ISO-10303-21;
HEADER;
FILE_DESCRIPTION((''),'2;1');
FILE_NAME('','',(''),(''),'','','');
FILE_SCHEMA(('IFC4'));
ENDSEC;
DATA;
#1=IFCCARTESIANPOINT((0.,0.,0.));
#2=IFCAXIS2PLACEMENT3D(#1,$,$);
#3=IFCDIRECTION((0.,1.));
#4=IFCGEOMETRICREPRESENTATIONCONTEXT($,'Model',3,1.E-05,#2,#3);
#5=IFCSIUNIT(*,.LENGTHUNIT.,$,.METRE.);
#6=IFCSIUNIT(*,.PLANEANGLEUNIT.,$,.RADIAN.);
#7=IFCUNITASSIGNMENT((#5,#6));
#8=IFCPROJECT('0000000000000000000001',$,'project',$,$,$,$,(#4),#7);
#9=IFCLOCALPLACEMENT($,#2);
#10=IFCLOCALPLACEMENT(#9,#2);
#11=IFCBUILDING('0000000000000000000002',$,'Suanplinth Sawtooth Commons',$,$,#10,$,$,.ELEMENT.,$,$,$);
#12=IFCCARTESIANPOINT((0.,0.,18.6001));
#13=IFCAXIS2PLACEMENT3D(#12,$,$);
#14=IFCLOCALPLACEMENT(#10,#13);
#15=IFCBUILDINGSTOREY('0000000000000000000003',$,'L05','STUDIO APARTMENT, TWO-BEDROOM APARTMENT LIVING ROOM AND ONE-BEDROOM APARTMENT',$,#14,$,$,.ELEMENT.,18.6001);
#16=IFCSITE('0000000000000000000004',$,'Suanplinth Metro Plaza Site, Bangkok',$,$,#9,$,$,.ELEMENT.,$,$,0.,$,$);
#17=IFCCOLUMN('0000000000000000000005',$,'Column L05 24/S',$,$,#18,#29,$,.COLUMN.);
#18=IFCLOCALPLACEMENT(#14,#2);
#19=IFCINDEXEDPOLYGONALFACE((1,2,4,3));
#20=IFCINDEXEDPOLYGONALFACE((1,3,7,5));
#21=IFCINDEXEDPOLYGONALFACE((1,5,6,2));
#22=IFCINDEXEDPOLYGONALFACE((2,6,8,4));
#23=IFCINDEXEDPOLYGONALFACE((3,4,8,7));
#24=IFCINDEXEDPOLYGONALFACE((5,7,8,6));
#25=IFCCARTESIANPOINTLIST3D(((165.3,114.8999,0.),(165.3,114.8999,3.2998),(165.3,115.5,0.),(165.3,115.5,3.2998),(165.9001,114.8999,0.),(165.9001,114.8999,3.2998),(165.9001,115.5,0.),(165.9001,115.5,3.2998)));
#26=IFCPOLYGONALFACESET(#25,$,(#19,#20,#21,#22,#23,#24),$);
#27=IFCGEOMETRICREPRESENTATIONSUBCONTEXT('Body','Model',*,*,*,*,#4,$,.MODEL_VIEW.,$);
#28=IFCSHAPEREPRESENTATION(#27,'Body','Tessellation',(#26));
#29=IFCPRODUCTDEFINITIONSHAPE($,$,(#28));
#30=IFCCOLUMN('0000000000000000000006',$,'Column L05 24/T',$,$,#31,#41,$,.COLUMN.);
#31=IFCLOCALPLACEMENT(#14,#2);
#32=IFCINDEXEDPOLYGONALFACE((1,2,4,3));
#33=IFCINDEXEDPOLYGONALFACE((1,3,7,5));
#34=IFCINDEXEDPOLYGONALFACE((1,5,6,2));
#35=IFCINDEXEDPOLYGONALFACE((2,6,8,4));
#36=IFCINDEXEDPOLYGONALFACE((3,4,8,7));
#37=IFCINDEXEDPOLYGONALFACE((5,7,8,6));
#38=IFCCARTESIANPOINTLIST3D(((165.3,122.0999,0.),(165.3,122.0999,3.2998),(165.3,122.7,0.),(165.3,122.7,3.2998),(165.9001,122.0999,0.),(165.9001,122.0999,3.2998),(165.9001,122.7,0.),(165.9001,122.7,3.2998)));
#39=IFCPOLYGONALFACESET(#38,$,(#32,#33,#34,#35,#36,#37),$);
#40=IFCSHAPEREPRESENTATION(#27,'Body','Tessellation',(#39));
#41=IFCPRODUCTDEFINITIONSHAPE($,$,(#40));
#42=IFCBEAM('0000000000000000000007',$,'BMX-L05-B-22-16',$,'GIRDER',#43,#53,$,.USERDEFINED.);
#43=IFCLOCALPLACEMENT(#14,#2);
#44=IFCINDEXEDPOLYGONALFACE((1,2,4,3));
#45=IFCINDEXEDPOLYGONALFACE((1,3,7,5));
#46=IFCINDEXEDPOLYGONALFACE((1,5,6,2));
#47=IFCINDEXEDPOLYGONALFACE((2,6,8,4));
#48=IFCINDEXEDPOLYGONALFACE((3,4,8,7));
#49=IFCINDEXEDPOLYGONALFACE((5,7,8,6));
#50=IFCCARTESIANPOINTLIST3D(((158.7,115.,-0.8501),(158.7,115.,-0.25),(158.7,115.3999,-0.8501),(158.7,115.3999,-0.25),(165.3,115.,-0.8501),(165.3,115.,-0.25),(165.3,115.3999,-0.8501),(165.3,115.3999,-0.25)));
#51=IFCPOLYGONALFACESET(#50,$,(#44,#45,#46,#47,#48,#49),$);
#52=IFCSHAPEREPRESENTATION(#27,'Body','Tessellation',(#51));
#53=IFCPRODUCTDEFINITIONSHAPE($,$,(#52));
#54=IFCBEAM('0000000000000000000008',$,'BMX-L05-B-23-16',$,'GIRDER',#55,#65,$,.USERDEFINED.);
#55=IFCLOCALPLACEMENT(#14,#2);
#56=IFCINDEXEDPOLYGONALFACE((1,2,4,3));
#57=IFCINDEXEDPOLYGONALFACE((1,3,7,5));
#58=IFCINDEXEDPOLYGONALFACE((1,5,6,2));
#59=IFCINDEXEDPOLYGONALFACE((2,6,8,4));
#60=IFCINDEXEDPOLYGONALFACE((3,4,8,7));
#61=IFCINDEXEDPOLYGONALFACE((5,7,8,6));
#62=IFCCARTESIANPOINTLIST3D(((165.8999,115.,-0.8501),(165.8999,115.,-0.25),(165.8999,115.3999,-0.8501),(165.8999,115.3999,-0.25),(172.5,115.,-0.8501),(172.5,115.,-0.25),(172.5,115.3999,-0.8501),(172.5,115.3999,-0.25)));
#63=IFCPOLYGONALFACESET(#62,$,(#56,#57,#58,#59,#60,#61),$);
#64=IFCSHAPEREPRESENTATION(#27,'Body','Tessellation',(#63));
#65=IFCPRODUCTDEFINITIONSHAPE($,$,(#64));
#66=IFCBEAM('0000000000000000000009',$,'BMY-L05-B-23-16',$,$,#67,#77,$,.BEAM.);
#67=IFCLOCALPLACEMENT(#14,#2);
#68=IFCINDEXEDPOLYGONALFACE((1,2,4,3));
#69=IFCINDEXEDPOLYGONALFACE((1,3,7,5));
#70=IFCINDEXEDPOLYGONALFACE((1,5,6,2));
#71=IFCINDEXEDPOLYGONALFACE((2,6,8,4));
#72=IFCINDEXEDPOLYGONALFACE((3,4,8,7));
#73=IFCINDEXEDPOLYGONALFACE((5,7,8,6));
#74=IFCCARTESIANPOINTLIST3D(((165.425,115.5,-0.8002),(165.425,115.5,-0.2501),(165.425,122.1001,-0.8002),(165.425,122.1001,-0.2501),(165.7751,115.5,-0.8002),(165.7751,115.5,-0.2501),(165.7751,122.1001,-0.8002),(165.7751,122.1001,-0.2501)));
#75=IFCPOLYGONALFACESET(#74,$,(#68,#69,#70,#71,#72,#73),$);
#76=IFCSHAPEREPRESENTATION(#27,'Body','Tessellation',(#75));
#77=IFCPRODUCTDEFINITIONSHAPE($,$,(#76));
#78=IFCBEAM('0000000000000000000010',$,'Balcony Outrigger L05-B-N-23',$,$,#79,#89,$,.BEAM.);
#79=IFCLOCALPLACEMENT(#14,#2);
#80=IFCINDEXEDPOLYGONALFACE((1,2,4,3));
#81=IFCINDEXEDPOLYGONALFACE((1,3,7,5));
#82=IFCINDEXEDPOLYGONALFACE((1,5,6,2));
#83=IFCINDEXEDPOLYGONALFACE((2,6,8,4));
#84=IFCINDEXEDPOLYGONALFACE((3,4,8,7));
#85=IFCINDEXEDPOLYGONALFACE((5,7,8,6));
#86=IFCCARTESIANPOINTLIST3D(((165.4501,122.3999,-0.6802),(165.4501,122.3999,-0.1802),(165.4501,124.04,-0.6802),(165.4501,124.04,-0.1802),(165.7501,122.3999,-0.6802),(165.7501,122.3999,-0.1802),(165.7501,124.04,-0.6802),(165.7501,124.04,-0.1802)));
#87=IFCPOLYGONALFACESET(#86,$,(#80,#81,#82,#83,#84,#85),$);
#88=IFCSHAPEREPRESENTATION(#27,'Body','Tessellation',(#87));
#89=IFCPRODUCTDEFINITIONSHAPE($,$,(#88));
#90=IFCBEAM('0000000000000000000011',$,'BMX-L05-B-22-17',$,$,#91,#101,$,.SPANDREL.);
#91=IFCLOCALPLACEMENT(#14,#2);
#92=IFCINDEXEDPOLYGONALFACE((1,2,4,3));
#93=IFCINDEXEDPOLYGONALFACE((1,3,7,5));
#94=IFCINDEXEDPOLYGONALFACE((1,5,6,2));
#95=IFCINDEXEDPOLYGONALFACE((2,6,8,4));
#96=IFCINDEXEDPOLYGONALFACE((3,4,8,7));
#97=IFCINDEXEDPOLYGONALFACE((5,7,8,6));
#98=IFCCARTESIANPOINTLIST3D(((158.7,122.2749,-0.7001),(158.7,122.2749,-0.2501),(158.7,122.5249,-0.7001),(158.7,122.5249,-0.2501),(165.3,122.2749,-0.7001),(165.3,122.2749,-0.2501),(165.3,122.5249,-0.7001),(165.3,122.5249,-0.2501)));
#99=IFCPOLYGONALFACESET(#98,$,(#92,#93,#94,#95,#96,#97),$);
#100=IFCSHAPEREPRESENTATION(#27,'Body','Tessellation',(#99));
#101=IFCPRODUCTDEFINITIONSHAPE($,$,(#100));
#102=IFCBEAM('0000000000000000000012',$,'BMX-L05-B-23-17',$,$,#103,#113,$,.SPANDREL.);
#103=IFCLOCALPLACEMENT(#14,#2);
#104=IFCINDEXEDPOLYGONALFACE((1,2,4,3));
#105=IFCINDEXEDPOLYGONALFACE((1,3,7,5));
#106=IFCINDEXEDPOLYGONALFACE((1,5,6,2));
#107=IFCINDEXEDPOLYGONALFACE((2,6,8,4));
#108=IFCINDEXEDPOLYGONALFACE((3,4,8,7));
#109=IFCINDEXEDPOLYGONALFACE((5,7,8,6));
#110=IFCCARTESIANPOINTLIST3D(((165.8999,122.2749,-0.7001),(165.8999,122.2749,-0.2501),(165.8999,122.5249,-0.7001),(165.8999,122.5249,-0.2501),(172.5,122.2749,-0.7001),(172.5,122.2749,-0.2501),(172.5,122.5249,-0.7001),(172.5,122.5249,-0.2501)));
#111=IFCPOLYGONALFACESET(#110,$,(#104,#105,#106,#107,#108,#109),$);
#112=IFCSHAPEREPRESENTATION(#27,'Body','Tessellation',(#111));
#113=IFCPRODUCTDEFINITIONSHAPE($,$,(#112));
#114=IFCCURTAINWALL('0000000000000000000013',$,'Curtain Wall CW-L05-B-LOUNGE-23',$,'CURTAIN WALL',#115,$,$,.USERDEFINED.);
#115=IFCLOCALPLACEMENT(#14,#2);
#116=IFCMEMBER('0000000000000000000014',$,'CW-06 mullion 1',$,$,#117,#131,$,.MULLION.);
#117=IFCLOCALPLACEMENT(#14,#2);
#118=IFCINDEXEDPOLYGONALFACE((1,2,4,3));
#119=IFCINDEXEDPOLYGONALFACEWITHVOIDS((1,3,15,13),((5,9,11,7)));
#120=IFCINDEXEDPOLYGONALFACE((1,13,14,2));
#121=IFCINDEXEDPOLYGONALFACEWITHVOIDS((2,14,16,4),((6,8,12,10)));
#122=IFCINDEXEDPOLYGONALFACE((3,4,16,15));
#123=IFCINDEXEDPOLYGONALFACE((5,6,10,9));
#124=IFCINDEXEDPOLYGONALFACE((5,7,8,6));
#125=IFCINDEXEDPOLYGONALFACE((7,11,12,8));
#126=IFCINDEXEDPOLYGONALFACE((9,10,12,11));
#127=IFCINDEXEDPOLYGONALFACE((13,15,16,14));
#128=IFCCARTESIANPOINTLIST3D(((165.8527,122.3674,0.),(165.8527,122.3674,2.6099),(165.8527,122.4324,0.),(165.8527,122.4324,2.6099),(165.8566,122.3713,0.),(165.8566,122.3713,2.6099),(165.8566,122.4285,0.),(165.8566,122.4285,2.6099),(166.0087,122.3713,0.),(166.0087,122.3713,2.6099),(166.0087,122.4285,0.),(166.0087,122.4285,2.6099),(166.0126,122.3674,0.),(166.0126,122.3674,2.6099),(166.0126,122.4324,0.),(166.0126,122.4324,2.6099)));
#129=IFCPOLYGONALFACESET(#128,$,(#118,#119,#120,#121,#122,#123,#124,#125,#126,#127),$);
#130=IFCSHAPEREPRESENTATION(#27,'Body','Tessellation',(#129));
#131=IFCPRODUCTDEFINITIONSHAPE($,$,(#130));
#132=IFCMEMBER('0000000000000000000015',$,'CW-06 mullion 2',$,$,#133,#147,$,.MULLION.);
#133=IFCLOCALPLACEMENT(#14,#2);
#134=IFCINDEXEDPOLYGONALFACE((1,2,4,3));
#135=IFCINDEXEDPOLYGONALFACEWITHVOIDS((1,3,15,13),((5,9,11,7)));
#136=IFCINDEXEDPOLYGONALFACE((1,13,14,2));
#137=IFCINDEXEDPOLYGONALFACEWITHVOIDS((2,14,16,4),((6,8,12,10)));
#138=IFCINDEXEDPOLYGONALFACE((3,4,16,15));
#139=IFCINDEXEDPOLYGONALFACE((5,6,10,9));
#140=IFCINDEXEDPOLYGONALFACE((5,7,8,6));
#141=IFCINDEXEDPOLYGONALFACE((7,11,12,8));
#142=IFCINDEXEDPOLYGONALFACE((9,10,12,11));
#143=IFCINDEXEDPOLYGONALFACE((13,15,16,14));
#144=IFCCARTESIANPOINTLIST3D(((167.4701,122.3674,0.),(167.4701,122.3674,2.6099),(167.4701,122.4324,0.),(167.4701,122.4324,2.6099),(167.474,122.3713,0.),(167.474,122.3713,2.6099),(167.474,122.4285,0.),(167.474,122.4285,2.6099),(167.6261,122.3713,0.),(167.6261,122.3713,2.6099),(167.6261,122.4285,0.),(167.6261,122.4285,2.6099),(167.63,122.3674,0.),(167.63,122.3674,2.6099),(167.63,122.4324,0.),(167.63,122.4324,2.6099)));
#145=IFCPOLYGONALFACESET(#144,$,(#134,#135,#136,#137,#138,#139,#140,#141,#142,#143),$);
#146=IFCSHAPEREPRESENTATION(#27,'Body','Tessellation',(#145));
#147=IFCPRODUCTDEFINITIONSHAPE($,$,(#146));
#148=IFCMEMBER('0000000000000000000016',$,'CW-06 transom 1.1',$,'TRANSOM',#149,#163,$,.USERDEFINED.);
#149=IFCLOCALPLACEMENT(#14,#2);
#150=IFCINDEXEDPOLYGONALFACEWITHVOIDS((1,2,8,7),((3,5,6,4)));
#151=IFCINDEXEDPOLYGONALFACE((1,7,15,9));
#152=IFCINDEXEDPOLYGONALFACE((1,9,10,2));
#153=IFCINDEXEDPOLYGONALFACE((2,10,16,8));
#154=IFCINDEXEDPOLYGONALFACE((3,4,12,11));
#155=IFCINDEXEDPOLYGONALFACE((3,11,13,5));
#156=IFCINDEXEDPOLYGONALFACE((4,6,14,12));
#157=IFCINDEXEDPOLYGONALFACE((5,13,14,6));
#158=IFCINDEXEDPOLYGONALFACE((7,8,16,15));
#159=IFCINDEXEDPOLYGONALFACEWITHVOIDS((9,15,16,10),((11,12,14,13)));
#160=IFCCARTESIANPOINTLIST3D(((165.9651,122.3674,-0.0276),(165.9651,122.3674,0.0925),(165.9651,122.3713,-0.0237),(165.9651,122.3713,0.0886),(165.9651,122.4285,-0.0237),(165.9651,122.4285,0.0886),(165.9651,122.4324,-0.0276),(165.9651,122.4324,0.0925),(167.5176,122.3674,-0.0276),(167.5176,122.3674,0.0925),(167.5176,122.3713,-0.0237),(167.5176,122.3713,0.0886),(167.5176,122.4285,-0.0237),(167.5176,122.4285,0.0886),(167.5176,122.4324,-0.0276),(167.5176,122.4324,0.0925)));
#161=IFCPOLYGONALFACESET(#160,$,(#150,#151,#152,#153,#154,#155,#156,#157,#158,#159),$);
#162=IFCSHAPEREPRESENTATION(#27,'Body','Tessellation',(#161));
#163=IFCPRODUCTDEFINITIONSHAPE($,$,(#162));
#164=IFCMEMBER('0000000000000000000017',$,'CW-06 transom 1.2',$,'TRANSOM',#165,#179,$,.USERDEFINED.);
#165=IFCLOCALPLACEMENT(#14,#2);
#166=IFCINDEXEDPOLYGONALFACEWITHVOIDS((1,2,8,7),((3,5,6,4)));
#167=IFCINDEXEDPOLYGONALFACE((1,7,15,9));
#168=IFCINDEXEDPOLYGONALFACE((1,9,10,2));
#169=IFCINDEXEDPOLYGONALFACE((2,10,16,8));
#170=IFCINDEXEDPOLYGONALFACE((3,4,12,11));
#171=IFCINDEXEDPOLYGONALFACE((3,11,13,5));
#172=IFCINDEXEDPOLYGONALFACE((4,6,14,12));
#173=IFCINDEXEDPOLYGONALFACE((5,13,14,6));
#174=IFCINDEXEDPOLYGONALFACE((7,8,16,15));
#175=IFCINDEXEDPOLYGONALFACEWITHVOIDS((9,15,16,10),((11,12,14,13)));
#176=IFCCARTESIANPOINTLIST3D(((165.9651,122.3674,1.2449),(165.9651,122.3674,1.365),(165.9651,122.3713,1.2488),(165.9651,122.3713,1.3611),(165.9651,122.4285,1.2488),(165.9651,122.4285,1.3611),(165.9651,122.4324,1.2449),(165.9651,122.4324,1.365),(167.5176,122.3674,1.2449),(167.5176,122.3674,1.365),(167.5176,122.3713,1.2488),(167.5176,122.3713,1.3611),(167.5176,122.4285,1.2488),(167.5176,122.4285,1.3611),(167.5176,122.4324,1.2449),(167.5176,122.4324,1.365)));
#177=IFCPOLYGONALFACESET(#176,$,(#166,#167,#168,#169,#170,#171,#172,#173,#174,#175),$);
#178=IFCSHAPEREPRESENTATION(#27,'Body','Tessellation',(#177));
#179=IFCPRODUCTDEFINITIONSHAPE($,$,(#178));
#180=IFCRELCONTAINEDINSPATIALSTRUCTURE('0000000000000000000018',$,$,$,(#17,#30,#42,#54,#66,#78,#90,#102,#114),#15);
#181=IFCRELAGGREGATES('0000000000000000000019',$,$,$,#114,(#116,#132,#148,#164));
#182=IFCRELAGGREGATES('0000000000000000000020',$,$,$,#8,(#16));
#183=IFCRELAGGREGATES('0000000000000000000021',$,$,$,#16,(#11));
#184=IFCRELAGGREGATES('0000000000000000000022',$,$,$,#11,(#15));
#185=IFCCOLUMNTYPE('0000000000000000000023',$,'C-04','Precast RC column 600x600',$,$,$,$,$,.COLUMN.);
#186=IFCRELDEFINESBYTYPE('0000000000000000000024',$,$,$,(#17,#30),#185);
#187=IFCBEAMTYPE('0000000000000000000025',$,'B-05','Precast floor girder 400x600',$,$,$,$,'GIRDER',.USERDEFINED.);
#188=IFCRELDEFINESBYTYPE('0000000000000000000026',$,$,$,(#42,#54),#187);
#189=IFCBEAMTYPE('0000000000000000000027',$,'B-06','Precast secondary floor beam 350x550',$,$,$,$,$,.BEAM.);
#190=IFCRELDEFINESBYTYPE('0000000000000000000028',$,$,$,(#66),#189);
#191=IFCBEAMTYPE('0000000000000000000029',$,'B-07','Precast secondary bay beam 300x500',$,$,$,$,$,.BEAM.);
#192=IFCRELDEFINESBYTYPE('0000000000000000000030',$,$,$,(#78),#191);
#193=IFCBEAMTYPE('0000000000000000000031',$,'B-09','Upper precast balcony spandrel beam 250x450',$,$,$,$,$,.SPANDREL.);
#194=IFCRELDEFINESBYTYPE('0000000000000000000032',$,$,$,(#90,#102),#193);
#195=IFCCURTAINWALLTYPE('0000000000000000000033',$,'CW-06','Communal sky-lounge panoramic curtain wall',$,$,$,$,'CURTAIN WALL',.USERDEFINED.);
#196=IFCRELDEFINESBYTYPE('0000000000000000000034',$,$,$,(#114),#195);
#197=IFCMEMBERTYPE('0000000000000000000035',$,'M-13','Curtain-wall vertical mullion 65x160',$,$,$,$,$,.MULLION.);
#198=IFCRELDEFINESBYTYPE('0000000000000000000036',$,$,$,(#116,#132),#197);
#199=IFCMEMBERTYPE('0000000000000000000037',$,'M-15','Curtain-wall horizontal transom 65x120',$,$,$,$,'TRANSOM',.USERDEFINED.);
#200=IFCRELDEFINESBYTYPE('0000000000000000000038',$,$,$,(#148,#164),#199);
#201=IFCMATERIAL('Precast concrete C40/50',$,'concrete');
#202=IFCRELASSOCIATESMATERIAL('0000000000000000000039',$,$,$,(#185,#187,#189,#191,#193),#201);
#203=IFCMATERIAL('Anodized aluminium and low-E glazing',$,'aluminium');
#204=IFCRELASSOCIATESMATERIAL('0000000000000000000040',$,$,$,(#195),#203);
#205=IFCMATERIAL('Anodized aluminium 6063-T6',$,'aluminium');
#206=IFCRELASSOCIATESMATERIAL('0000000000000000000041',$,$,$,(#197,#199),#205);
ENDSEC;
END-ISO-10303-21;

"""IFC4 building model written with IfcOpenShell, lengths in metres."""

from ifc_helpers import new_model, si_unit, direction, frame, origin, origin_2d, place, context, subcontext, project, spatial, rectangle, hollow_rectangle, extrude, material, material_profile, profile_set, type_object, element, aggregate, save


model = new_model("IFC4")

# Units and contexts
model_context = context("Model", 3, precision=1e-05, world=origin(), true_north=direction((0.0, 1.0)))
body_context = subcontext(model_context, "Body", "Model", "MODEL_VIEW")
ifc_project = project(units=[si_unit("LENGTHUNIT", "METRE"), si_unit("PLANEANGLEUNIT", "RADIAN")], contexts=[model_context])

# Site, building, storey
site_placement = place(None, origin())
site = spatial("IfcSite", under=ifc_project, at=site_placement, Name="Suanplinth Metro Plaza Site, Bangkok", CompositionType="ELEMENT", RefElevation=0.0)
building_placement = place(site_placement, origin())
building = spatial("IfcBuilding", under=site, at=building_placement, Name="Suanplinth Sawtooth Commons", CompositionType="ELEMENT")
storey_placement = place(building_placement, frame((0.0, 0.0, 18.6001)))
storey = spatial("IfcBuildingStorey", under=building, at=storey_placement, Name="L05", Description="STUDIO APARTMENT, TWO-BEDROOM APARTMENT LIVING ROOM AND ONE-BEDROOM APARTMENT", CompositionType="ELEMENT", Elevation=18.6001)

# Columns
ifc_material_1 = material(Name="Precast concrete C40/50", Category="concrete")
ifc_material_profile_1 = material_profile(ifc_material_1, rectangle(XDim=0.6001, YDim=0.6001, at=origin_2d()), Name="PC-COL 600x600")
ifc_profile_set_1 = profile_set([ifc_material_profile_1], Name="Precast concrete C40/50")
column_type = type_object("IfcColumnType", Name="C-04", Description="Precast RC column 600x600", PredefinedType="COLUMN", material=ifc_profile_set_1)
for number, where, z_axis, x_axis, name in (
    (1, (165.6001, 115.2, 0.0), (0.0, 0.0, 1.0), (1.0, 0.0, 0.0), "Column L05 24/S"),
    (2, (165.6001, 122.3999, 0.0), (0.0, 0.0, 1.0), (1.0, 0.0, 0.0), "Column L05 24/T"),
):
    element("IfcColumn", number, at=place(storey_placement, frame(where, z_axis=z_axis, x_axis=x_axis)), inside=storey, type_object=column_type, Name=name, PredefinedType="COLUMN", context=body_context, shape_type="SweptSolid", body=[
        extrude(rectangle(XDim=0.6001, YDim=0.6001, at=origin_2d()), origin(), (0.0, 0.0, 1.0), 3.2998),
    ])

# Beams
ifc_material_profile_2 = material_profile(ifc_material_1, rectangle(XDim=0.3999, YDim=0.6001, at=origin_2d()), Name="PC-GDR 400x600")
ifc_profile_set_2 = profile_set([ifc_material_profile_2], Name="Precast concrete C40/50")
beam_type_1 = type_object("IfcBeamType", Name="B-05", Description="Precast floor girder 400x600", ElementType="GIRDER", PredefinedType="USERDEFINED", material=ifc_profile_set_2)
for number, where, z_axis, x_axis, name in (
    (3, (158.7, 115.2, -0.55), (1.0, 0.0, 0.0), (0.0, 1.0, 0.0), "BMX-L05-B-22-16"),
    (4, (165.8999, 115.2, -0.55), (1.0, 0.0, 0.0), (0.0, 1.0, 0.0), "BMX-L05-B-23-16"),
):
    element("IfcBeam", number, at=place(storey_placement, frame(where, z_axis=z_axis, x_axis=x_axis)), inside=storey, type_object=beam_type_1, Name=name, ObjectType="GIRDER", PredefinedType="USERDEFINED", context=body_context, shape_type="SweptSolid", body=[
        extrude(rectangle(XDim=0.3999, YDim=0.6001, at=origin_2d()), origin(), (0.0, 0.0, 1.0), 6.6001),
    ])
ifc_material_profile_3 = material_profile(ifc_material_1, rectangle(XDim=0.3501, YDim=0.55, at=origin_2d()), Name="PC-BM 350x550")
ifc_profile_set_3 = profile_set([ifc_material_profile_3], Name="Precast concrete C40/50")
beam_type_2 = type_object("IfcBeamType", Name="B-06", Description="Precast secondary floor beam 350x550", PredefinedType="BEAM", material=ifc_profile_set_3)
beam_1_placement = place(storey_placement, frame((165.6001, 115.5, -0.5251), z_axis=(0.0, 1.0, 0.0), x_axis=(-1.0, 0.0, 0.0)))
element("IfcBeam", 5, at=beam_1_placement, inside=storey, type_object=beam_type_2, Name="BMY-L05-B-23-16", PredefinedType="BEAM", context=body_context, shape_type="SweptSolid", body=[
    extrude(rectangle(XDim=0.3501, YDim=0.55, at=origin_2d()), origin(), (0.0, 0.0, 1.0), 6.6001),
])
ifc_material_profile_4 = material_profile(ifc_material_1, rectangle(XDim=0.3, YDim=0.5, at=origin_2d()), Name="PC-BM 300x500")
ifc_profile_set_4 = profile_set([ifc_material_profile_4], Name="Precast concrete C40/50")
beam_type_3 = type_object("IfcBeamType", Name="B-07", Description="Precast secondary bay beam 300x500", PredefinedType="BEAM", material=ifc_profile_set_4)
beam_2_placement = place(storey_placement, frame((165.6001, 122.3999, -0.4302), z_axis=(0.0, 1.0, 0.0), x_axis=(-1.0, 0.0, 0.0)))
element("IfcBeam", 6, at=beam_2_placement, inside=storey, type_object=beam_type_3, Name="Balcony Outrigger L05-B-N-23", PredefinedType="BEAM", context=body_context, shape_type="SweptSolid", body=[
    extrude(rectangle(XDim=0.3, YDim=0.5, at=origin_2d()), origin(), (0.0, 0.0, 1.0), 1.6401),
])
ifc_material_profile_5 = material_profile(ifc_material_1, rectangle(XDim=0.25, YDim=0.45, at=origin_2d()), Name="PC-SP 250x450")
ifc_profile_set_5 = profile_set([ifc_material_profile_5], Name="Precast concrete C40/50")
beam_type_4 = type_object("IfcBeamType", Name="B-09", Description="Upper precast balcony spandrel beam 250x450", PredefinedType="SPANDREL", material=ifc_profile_set_5)
for number, where, z_axis, x_axis, name in (
    (7, (158.7, 122.3999, -0.4751), (1.0, 0.0, 0.0), (0.0, 1.0, 0.0), "BMX-L05-B-22-17"),
    (8, (165.8999, 122.3999, -0.4751), (1.0, 0.0, 0.0), (0.0, 1.0, 0.0), "BMX-L05-B-23-17"),
):
    element("IfcBeam", number, at=place(storey_placement, frame(where, z_axis=z_axis, x_axis=x_axis)), inside=storey, type_object=beam_type_4, Name=name, PredefinedType="SPANDREL", context=body_context, shape_type="SweptSolid", body=[
        extrude(rectangle(XDim=0.25, YDim=0.45, at=origin_2d()), origin(), (0.0, 0.0, 1.0), 6.6001),
    ])

# Curtain wall, members
ifc_material_2 = material(Name="Anodized aluminium and low-E glazing", Category="aluminium")
curtain_wall_type = type_object("IfcCurtainWallType", Name="CW-06", Description="Communal sky-lounge panoramic curtain wall", ElementType="CURTAIN WALL", PredefinedType="USERDEFINED", material=ifc_material_2)
curtain_wall_placement = place(storey_placement, origin())
curtain_wall = element("IfcCurtainWall", 9, at=curtain_wall_placement, inside=storey, type_object=curtain_wall_type, Name="Curtain Wall CW-L05-B-LOUNGE-23", ObjectType="CURTAIN WALL", PredefinedType="USERDEFINED")
ifc_material_3 = material(Name="Anodized aluminium 6063-T6", Category="aluminium")
ifc_material_profile_6 = material_profile(ifc_material_3, hollow_rectangle(XDim=0.0649, YDim=0.1599, WallThickness=0.0039, at=origin_2d()), Name="ALU-MUL 65x160")
ifc_profile_set_6 = profile_set([ifc_material_profile_6], Name="Anodized aluminium 6063-T6")
member_type_1 = type_object("IfcMemberType", Name="M-13", Description="Curtain-wall vertical mullion 65x160", PredefinedType="MULLION", material=ifc_profile_set_6)
member_1_placement = place(storey_placement, frame((165.9326, 122.3999, 0.0), z_axis=(0.0, 0.0, 1.0), x_axis=(0.0, 1.0, 0.0)))
member_1 = element("IfcMember", 10, at=member_1_placement, type_object=member_type_1, Name="CW-06 mullion 1", PredefinedType="MULLION", context=body_context, shape_type="SweptSolid", body=[
    extrude(hollow_rectangle(XDim=0.0649, YDim=0.1599, WallThickness=0.0039, at=origin_2d()), origin(), (0.0, 0.0, 1.0), 2.6099),
])
member_2_placement = place(storey_placement, frame((167.55, 122.3999, 0.0), z_axis=(0.0, 0.0, 1.0), x_axis=(0.0, 1.0, 0.0)))
member_2 = element("IfcMember", 11, at=member_2_placement, type_object=member_type_1, Name="CW-06 mullion 2", PredefinedType="MULLION", context=body_context, shape_type="SweptSolid", body=[
    extrude(hollow_rectangle(XDim=0.0649, YDim=0.1599, WallThickness=0.0039, at=origin_2d()), origin(), (0.0, 0.0, 1.0), 2.6099),
])
ifc_material_profile_7 = material_profile(ifc_material_3, hollow_rectangle(XDim=0.0649, YDim=0.1201, WallThickness=0.0039, at=origin_2d()), Name="ALU-TRN 65x120")
ifc_profile_set_7 = profile_set([ifc_material_profile_7], Name="Anodized aluminium 6063-T6")
member_type_2 = type_object("IfcMemberType", Name="M-15", Description="Curtain-wall horizontal transom 65x120", ElementType="TRANSOM", PredefinedType="USERDEFINED", material=ifc_profile_set_7)
member_3_placement = place(storey_placement, frame((165.9651, 122.3999, 0.0325), z_axis=(1.0, 0.0, 0.0), x_axis=(0.0, 1.0, 0.0)))
member_3 = element("IfcMember", 12, at=member_3_placement, type_object=member_type_2, Name="CW-06 transom 1.1", ObjectType="TRANSOM", PredefinedType="USERDEFINED", context=body_context, shape_type="SweptSolid", body=[
    extrude(hollow_rectangle(XDim=0.0649, YDim=0.1201, WallThickness=0.0039, at=origin_2d()), origin(), (0.0, 0.0, 1.0), 1.5525),
])
member_4_placement = place(storey_placement, frame((165.9651, 122.3999, 1.3049), z_axis=(1.0, 0.0, 0.0), x_axis=(0.0, 1.0, 0.0)))
member_4 = element("IfcMember", 13, at=member_4_placement, type_object=member_type_2, Name="CW-06 transom 1.2", ObjectType="TRANSOM", PredefinedType="USERDEFINED", context=body_context, shape_type="SweptSolid", body=[
    extrude(hollow_rectangle(XDim=0.0649, YDim=0.1201, WallThickness=0.0039, at=origin_2d()), origin(), (0.0, 0.0, 1.0), 1.5525),
])
aggregate(curtain_wall, [member_1, member_2, member_3, member_4])

save(model, "model.ifc")
